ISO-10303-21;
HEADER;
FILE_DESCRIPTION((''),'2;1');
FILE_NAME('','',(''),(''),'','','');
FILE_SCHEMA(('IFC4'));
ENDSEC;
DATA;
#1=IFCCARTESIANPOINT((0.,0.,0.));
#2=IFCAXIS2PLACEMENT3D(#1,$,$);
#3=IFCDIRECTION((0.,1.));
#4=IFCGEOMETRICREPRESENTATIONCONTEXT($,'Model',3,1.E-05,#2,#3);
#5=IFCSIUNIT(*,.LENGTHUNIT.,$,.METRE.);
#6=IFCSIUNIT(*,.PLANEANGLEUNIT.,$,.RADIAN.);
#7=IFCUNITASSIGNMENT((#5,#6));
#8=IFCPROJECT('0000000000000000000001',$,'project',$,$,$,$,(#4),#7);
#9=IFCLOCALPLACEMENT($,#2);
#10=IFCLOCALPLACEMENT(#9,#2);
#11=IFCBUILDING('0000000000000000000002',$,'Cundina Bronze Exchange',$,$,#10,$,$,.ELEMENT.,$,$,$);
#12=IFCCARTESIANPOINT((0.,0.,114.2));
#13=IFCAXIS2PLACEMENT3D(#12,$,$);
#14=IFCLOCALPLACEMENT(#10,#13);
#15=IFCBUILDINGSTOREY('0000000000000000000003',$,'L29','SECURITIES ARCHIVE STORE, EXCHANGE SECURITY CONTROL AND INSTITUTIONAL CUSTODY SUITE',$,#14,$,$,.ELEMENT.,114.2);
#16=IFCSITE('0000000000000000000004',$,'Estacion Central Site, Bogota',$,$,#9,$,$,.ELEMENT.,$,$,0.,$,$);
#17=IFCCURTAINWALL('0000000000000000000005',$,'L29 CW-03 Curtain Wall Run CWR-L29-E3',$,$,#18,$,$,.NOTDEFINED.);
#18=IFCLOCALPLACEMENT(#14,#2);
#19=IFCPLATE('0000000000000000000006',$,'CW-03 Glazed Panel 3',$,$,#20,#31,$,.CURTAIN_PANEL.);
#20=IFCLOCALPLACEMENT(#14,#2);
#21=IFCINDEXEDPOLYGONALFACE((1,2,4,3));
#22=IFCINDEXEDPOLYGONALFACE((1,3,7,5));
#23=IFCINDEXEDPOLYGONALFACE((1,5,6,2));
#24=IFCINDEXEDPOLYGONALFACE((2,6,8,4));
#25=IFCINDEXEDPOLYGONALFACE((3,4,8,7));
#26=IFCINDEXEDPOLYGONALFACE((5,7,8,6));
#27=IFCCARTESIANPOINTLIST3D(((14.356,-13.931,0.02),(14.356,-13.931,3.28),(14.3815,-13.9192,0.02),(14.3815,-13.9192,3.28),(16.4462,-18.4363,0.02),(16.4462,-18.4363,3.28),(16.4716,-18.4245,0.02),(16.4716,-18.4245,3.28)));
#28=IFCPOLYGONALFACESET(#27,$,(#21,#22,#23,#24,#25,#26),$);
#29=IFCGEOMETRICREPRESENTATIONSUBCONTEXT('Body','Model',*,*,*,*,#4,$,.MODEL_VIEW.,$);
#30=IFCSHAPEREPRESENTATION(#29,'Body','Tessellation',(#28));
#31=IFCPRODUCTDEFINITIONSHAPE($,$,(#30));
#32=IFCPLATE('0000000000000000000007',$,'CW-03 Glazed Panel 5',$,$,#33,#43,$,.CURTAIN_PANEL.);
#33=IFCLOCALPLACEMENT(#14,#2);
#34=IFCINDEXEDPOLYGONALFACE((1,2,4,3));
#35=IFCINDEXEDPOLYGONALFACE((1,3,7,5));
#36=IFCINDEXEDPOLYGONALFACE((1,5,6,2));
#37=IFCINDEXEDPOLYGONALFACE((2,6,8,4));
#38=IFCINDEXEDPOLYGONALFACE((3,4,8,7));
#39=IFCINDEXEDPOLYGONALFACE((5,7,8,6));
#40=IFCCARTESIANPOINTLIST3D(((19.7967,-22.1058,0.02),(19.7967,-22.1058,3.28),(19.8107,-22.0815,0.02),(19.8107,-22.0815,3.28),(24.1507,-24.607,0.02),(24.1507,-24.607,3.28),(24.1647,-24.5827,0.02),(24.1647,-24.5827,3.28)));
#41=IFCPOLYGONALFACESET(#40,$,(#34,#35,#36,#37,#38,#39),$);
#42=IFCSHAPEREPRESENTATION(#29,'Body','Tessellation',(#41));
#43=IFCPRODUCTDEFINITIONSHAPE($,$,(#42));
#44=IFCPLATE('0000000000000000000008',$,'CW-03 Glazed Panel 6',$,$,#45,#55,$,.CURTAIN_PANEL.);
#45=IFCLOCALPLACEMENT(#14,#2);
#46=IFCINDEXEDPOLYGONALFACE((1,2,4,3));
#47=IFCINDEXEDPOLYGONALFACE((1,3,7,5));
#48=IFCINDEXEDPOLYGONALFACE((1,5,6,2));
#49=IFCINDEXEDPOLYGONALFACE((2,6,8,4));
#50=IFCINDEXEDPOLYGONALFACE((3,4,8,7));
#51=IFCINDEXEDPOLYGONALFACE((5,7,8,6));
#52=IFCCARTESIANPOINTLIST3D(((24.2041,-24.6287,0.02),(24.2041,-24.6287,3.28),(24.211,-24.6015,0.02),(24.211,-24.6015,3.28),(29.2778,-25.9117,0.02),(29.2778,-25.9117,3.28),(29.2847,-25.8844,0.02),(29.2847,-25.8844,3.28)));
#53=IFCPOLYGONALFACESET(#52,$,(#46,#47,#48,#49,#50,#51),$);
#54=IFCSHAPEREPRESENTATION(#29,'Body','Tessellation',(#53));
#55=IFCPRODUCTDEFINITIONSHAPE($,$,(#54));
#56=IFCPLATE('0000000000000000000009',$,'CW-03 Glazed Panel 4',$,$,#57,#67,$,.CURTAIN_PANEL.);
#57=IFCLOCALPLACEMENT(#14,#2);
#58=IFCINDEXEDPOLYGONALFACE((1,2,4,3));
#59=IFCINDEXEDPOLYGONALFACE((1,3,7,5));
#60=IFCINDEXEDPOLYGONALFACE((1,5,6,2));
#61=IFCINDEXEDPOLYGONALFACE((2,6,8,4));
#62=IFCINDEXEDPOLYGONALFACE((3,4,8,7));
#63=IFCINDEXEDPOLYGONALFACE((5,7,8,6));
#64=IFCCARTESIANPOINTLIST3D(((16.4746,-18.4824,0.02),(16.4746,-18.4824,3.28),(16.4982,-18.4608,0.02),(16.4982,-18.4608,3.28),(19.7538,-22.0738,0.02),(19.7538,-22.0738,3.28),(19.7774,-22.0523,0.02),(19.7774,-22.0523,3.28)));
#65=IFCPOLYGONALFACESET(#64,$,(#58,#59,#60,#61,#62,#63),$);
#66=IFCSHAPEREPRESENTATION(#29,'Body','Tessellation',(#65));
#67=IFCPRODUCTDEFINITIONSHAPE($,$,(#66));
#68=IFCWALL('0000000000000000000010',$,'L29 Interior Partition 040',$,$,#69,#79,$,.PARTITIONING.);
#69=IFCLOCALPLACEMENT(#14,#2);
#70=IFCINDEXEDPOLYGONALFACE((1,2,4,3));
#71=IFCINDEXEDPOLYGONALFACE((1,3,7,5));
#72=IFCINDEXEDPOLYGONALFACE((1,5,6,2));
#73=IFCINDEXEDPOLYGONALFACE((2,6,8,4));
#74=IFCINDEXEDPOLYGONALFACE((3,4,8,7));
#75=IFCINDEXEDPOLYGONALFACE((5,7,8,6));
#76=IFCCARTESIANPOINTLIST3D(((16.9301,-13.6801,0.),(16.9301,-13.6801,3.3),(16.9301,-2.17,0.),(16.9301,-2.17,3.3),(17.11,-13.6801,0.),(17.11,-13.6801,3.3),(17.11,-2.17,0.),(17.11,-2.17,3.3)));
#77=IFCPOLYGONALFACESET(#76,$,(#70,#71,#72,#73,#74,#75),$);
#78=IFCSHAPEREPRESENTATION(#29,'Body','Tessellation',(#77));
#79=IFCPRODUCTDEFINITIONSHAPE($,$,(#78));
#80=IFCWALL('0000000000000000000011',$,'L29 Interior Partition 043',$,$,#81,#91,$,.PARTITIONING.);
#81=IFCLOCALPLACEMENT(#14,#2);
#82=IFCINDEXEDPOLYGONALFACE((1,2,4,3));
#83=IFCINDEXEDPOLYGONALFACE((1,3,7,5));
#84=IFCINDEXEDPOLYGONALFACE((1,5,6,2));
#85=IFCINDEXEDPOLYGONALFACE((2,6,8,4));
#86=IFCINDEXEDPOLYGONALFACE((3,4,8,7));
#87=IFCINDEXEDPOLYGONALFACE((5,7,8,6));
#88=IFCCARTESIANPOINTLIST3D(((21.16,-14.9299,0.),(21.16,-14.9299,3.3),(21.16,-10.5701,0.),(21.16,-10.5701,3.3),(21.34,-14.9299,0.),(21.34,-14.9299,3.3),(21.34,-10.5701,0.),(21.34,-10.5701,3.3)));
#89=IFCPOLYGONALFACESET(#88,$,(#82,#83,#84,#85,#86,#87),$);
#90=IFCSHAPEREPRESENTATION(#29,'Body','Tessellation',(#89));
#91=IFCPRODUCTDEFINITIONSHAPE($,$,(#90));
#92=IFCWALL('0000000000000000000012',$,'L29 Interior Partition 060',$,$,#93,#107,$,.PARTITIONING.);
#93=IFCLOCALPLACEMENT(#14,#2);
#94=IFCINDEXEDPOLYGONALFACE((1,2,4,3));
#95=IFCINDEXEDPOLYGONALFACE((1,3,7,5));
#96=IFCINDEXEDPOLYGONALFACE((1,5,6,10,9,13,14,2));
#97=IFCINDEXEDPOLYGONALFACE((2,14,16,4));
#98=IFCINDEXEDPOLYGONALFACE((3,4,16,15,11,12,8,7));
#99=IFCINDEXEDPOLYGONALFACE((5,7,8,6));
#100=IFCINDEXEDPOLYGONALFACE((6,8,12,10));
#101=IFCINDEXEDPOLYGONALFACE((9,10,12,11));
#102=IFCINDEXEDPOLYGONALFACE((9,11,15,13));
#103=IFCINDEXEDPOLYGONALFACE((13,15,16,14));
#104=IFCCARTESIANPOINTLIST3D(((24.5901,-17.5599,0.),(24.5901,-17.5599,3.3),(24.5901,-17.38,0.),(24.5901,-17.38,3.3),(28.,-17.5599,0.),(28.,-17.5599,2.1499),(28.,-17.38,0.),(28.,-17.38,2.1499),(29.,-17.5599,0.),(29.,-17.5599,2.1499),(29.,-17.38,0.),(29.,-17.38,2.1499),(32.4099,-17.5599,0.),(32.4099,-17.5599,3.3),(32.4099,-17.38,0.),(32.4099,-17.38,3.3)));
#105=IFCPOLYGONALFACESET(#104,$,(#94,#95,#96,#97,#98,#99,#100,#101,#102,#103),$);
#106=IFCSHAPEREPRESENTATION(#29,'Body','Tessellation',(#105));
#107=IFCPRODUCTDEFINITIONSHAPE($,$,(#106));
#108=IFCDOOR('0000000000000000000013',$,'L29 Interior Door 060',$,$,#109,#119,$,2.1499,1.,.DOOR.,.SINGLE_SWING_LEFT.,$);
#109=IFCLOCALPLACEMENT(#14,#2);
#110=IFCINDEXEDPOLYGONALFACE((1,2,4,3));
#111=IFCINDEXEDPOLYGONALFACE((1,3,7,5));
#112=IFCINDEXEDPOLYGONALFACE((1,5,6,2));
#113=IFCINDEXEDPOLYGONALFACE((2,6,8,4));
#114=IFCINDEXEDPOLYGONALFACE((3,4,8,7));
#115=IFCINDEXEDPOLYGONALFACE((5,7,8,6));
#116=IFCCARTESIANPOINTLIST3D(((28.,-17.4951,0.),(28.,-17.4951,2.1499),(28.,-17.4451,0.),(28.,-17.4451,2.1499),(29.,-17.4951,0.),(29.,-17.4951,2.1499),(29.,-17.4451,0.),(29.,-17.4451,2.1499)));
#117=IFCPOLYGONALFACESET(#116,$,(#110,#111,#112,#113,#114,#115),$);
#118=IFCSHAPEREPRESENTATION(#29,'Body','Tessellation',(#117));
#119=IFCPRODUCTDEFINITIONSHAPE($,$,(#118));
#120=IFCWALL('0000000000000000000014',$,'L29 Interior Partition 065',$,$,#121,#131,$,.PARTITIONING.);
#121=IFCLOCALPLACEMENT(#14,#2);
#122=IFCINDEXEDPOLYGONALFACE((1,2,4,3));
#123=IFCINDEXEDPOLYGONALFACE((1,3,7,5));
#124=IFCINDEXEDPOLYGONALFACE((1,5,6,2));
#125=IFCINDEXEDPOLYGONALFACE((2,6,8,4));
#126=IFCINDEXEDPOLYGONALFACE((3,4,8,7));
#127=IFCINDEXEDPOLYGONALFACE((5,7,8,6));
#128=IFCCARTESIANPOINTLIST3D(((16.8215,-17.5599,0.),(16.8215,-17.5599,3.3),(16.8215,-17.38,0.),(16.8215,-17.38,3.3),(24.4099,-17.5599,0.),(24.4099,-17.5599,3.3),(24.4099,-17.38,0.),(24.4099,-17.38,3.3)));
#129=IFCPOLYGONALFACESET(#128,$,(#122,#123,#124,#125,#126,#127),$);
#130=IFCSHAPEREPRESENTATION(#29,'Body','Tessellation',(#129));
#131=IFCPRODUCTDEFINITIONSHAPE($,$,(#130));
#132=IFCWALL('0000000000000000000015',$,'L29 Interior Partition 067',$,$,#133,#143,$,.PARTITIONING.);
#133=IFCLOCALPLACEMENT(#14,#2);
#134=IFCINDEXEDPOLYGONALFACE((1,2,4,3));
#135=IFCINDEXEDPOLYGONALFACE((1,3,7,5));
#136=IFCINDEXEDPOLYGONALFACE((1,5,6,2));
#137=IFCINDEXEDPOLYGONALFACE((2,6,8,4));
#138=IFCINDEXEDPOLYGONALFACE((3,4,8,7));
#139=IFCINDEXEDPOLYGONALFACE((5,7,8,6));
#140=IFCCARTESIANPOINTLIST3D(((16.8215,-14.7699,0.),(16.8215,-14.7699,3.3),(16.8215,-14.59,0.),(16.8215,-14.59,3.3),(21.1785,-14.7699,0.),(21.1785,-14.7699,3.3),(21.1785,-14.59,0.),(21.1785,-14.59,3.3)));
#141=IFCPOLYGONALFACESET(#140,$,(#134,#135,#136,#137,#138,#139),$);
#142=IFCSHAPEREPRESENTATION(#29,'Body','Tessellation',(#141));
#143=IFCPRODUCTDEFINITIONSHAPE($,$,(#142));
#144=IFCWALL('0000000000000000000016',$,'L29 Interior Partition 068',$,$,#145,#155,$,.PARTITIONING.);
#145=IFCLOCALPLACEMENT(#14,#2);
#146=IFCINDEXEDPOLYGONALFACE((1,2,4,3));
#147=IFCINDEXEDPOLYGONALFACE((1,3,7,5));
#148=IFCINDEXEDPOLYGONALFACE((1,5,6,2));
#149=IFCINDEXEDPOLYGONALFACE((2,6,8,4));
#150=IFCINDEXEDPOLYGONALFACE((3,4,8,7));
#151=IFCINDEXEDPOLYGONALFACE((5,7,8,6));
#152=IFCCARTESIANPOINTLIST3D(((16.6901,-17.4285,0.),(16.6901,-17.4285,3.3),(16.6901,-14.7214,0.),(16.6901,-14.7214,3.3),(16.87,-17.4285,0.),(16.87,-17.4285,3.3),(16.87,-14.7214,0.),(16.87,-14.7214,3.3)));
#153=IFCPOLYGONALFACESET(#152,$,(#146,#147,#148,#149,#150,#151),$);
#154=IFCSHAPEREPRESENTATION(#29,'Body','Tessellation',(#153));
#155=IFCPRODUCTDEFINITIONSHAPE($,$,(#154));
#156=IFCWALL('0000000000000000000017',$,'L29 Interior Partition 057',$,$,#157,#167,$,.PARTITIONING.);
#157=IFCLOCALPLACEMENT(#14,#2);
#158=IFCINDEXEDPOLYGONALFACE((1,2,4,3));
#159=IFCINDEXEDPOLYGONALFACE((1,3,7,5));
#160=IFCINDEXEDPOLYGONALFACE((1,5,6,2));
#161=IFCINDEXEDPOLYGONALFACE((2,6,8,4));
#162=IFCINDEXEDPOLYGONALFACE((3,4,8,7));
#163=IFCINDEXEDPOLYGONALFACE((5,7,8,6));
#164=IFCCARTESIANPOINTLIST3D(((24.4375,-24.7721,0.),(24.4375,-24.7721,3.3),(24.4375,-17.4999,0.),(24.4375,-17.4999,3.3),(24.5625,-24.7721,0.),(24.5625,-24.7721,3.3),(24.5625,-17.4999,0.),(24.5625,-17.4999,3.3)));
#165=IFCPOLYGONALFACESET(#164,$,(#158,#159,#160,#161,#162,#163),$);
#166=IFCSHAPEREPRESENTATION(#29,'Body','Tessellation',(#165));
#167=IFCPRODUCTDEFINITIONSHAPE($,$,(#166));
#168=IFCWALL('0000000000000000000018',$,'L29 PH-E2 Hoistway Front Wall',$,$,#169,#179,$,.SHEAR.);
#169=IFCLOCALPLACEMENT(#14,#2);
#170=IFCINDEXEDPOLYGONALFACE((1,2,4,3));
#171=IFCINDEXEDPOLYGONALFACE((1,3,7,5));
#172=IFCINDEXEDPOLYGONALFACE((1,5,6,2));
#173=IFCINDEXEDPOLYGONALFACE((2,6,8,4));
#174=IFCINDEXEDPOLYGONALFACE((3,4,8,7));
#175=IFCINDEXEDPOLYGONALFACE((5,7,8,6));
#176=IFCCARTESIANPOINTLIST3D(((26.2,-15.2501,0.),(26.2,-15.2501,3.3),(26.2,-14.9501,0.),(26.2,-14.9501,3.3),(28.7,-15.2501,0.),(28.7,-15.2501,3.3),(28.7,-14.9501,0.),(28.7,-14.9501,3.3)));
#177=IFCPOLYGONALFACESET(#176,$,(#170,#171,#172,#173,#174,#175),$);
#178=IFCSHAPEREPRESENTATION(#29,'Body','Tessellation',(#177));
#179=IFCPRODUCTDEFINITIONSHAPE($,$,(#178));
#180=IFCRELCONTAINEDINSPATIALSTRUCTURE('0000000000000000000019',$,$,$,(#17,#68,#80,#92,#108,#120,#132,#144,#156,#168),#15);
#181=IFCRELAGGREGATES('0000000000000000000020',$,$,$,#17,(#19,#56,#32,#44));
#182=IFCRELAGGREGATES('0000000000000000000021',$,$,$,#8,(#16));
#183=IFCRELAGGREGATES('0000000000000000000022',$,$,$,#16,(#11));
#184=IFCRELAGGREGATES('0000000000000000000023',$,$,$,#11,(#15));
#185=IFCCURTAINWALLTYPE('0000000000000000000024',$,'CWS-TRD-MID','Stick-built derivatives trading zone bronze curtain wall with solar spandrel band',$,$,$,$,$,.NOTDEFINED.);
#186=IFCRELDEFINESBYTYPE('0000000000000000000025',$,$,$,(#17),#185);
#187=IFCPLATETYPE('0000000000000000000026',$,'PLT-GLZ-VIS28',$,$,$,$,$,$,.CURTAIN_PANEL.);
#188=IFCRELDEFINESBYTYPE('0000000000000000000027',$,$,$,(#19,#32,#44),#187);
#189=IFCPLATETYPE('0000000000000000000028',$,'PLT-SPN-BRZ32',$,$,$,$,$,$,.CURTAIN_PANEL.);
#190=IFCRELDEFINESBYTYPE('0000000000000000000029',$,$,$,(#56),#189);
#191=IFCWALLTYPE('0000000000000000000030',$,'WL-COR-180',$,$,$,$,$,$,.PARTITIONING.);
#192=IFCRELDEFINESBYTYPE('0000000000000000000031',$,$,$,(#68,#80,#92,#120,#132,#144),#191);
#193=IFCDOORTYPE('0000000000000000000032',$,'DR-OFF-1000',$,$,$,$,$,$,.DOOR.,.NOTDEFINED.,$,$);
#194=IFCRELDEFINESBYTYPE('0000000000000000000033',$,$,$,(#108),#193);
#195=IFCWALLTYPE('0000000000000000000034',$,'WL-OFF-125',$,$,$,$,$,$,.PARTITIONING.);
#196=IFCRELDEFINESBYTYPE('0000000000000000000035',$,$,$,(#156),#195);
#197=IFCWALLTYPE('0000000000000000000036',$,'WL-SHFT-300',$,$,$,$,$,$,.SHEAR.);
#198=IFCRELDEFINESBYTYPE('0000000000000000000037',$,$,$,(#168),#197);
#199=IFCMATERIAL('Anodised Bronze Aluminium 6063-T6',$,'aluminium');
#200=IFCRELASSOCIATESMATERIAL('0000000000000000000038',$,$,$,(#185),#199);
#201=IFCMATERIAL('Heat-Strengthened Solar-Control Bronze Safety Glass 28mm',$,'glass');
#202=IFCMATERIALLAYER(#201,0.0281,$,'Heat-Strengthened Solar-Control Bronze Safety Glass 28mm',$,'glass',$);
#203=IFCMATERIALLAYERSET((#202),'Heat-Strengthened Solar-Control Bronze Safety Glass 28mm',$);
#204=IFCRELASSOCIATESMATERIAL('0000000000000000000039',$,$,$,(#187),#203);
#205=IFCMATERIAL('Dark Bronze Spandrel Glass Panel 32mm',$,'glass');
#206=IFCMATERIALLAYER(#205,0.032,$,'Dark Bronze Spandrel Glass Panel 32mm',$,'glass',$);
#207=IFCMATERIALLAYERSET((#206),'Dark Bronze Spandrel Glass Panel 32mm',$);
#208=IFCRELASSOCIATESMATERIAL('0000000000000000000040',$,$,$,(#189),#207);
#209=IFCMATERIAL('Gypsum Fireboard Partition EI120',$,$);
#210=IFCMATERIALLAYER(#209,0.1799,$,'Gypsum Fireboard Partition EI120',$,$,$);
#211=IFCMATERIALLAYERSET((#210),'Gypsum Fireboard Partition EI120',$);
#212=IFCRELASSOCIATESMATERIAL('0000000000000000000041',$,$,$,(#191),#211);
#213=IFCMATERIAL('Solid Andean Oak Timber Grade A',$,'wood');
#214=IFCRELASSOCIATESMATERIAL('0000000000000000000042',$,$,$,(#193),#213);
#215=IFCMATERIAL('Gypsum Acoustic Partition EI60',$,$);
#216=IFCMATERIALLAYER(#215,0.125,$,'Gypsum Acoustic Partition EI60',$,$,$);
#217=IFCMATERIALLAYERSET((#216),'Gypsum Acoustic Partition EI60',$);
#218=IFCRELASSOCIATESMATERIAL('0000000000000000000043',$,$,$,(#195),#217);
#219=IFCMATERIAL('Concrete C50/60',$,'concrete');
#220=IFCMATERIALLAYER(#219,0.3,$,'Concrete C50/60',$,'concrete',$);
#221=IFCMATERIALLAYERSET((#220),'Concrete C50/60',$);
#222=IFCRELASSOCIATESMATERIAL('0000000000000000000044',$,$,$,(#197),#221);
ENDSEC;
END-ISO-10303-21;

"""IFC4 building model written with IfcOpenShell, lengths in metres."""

from ifc_helpers import new_model, si_unit, direction, frame, frame_2d, origin, origin_2d, place, context, subcontext, project, spatial, rectangle, extrude, material, layer, layer_set, type_object, element, fill, aggregate, save


model = new_model("IFC4")

# Units and contexts
model_context = context("Model", 3, precision=1e-05, world=origin(), true_north=direction((0.0, 1.0)))
body_context = subcontext(model_context, "Body", "Model", "MODEL_VIEW")
ifc_project = project(units=[si_unit("LENGTHUNIT", "METRE"), si_unit("PLANEANGLEUNIT", "RADIAN")], contexts=[model_context])

# Site, building, storey
site_placement = place(None, origin())
site = spatial("IfcSite", under=ifc_project, at=site_placement, Name="Estacion Central Site, Bogota", CompositionType="ELEMENT", RefElevation=0.0)
building_placement = place(site_placement, origin())
building = spatial("IfcBuilding", under=site, at=building_placement, Name="Cundina Bronze Exchange", CompositionType="ELEMENT")
storey_placement = place(building_placement, frame((0.0, 0.0, 114.2)))
storey = spatial("IfcBuildingStorey", under=building, at=storey_placement, Name="L29", Description="SECURITIES ARCHIVE STORE, EXCHANGE SECURITY CONTROL AND INSTITUTIONAL CUSTODY SUITE", CompositionType="ELEMENT", Elevation=114.2)

# Curtain wall, plates
ifc_material_1 = material(Name="Anodised Bronze Aluminium 6063-T6", Category="aluminium")
curtain_wall_type = type_object("IfcCurtainWallType", Name="CWS-TRD-MID", Description="Stick-built derivatives trading zone bronze curtain wall with solar spandrel band", PredefinedType="NOTDEFINED", material=ifc_material_1)
curtain_wall_placement = place(storey_placement, origin())
curtain_wall = element("IfcCurtainWall", 1, at=curtain_wall_placement, inside=storey, type_object=curtain_wall_type, Name="L29 CW-03 Curtain Wall Run CWR-L29-E3", PredefinedType="NOTDEFINED")
ifc_material_2 = material(Name="Heat-Strengthened Solar-Control Bronze Safety Glass 28mm", Category="glass")
ifc_layer_1 = layer(ifc_material_2, 0.0281, Name="Heat-Strengthened Solar-Control Bronze Safety Glass 28mm", Category="glass")
ifc_layer_set_1 = layer_set([ifc_layer_1], Name="Heat-Strengthened Solar-Control Bronze Safety Glass 28mm")
plate_type_1 = type_object("IfcPlateType", Name="PLT-GLZ-VIS28", PredefinedType="CURTAIN_PANEL", material=ifc_layer_set_1)
plate_1_placement = place(storey_placement, frame((15.4138, -16.1777, 0.02), z_axis=(0.0, 0.0, 1.0), x_axis=(0.420846, -0.907132, 0.0)))
plate_1 = element("IfcPlate", 2, at=plate_1_placement, type_object=plate_type_1, Name="CW-03 Glazed Panel 3", PredefinedType="CURTAIN_PANEL", context=body_context, shape_type="SweptSolid", body=[
    extrude(rectangle(XDim=4.9666, YDim=0.0281, at=origin_2d()), origin(), (0.0, 0.0, 1.0), 3.26),
])
plate_2_placement = place(storey_placement, frame((21.9807, -23.3442, 0.02), z_axis=(0.0, 0.0, 1.0), x_axis=(0.867105, -0.498125, 0.0)))
plate_2 = element("IfcPlate", 3, at=plate_2_placement, type_object=plate_type_1, Name="CW-03 Glazed Panel 5", PredefinedType="CURTAIN_PANEL", context=body_context, shape_type="SweptSolid", body=[
    extrude(rectangle(XDim=5.0212, YDim=0.0281, at=origin_2d()), origin(), (0.0, 0.0, 1.0), 3.26),
])
plate_3_placement = place(storey_placement, frame((26.7444, -25.2566, 0.02), z_axis=(0.0, 0.0, 1.0), x_axis=(0.969488, -0.245138, 0.0)))
plate_3 = element("IfcPlate", 4, at=plate_3_placement, type_object=plate_type_1, Name="CW-03 Glazed Panel 6", PredefinedType="CURTAIN_PANEL", context=body_context, shape_type="SweptSolid", body=[
    extrude(rectangle(XDim=5.2334, YDim=0.0281, at=origin_2d()), origin(), (0.0, 0.0, 1.0), 3.26),
])
ifc_material_3 = material(Name="Dark Bronze Spandrel Glass Panel 32mm", Category="glass")
ifc_layer_2 = layer(ifc_material_3, 0.032, Name="Dark Bronze Spandrel Glass Panel 32mm", Category="glass")
ifc_layer_set_2 = layer_set([ifc_layer_2], Name="Dark Bronze Spandrel Glass Panel 32mm")
plate_type_2 = type_object("IfcPlateType", Name="PLT-SPN-BRZ32", PredefinedType="CURTAIN_PANEL", material=ifc_layer_set_2)
plate_4_placement = place(storey_placement, frame((18.126, -20.2673, 0.02), z_axis=(0.0, 0.0, 1.0), x_axis=(0.674277, -0.738479, 0.0)))
plate_4 = element("IfcPlate", 5, at=plate_4_placement, type_object=plate_type_2, Name="CW-03 Glazed Panel 4", PredefinedType="CURTAIN_PANEL", context=body_context, shape_type="SweptSolid", body=[
    extrude(rectangle(XDim=4.8633, YDim=0.032, at=origin_2d()), origin(), (0.0, 0.0, 1.0), 3.26),
])
aggregate(curtain_wall, [plate_1, plate_4, plate_2, plate_3])

# Walls
ifc_material_4 = material(Name="Gypsum Fireboard Partition EI120")
ifc_layer_3 = layer(ifc_material_4, 0.1799, Name="Gypsum Fireboard Partition EI120")
ifc_layer_set_3 = layer_set([ifc_layer_3], Name="Gypsum Fireboard Partition EI120")
wall_type_1 = type_object("IfcWallType", Name="WL-COR-180", PredefinedType="PARTITIONING", material=ifc_layer_set_3)
wall_1_placement = place(storey_placement, frame((17.02, -13.6799, 0.0), z_axis=(0.0, 0.0, 1.0), x_axis=(0.0, 1.0, 0.0)))
element("IfcWall", 6, at=wall_1_placement, inside=storey, type_object=wall_type_1, Name="L29 Interior Partition 040", PredefinedType="PARTITIONING", context=body_context, shape_type="SweptSolid", body=[
    extrude(rectangle(XDim=11.51, YDim=0.1799, at=frame_2d((5.7549, 0.0))), origin(), (0.0, 0.0, 1.0), 3.3),
])
wall_2_placement = place(storey_placement, frame((21.25, -14.9299, 0.0), z_axis=(0.0, 0.0, 1.0), x_axis=(0.0, 1.0, 0.0)))
element("IfcWall", 7, at=wall_2_placement, inside=storey, type_object=wall_type_1, Name="L29 Interior Partition 043", PredefinedType="PARTITIONING", context=body_context, shape_type="SweptSolid", body=[
    extrude(rectangle(XDim=4.3599, YDim=0.1799, at=frame_2d((2.1799, 0.0))), origin(), (0.0, 0.0, 1.0), 3.3),
])

# Wall, opening, door
wall_3_placement = place(storey_placement, frame((24.5901, -17.47, 0.0), z_axis=(0.0, 0.0, 1.0), x_axis=(1.0, 0.0, 0.0)))
wall_3 = element("IfcWall", 8, at=wall_3_placement, inside=storey, type_object=wall_type_1, Name="L29 Interior Partition 060", PredefinedType="PARTITIONING", context=body_context, shape_type="SweptSolid", body=[
    extrude(rectangle(XDim=7.8198, YDim=0.1799, at=frame_2d((3.9099, 0.0))), origin(), (0.0, 0.0, 1.0), 3.3),
])
opening_placement = place(wall_3_placement, frame((3.4099, 0.0, 0.0)))
opening = element("IfcOpeningElement", 9, at=opening_placement, cuts=wall_3, PredefinedType="OPENING", context=body_context, shape_type="SweptSolid", body=[
    extrude(rectangle(XDim=1.0, YDim=2.1499, at=frame_2d((0.5, 1.075))), frame((0.0, 0.0999, 0.0), z_axis=(0.0, -1.0, 0.0), x_axis=(1.0, 0.0, 0.0)), (0.0, 0.0, 1.0), 0.2),
])
ifc_material_5 = material(Name="Solid Andean Oak Timber Grade A", Category="wood")
door_type = type_object("IfcDoorType", Name="DR-OFF-1000", OperationType="NOTDEFINED", PredefinedType="DOOR", material=ifc_material_5)
door_placement = place(opening_placement, origin())
door = element("IfcDoor", 10, at=door_placement, inside=storey, type_object=door_type, Name="L29 Interior Door 060", OperationType="SINGLE_SWING_LEFT", OverallHeight=2.1499, OverallWidth=1.0, PredefinedType="DOOR", context=body_context, shape_type="SweptSolid", body=[
    extrude(rectangle(XDim=1.0, YDim=2.1499, at=frame_2d((0.5, 1.075))), frame((0.0, 0.0249, 0.0), z_axis=(0.0, -1.0, 0.0), x_axis=(1.0, 0.0, 0.0)), (0.0, 0.0, 1.0), 0.05),
])
fill(opening, door)

# Walls
wall_4_placement = place(storey_placement, frame((16.8215, -17.47, 0.0), z_axis=(0.0, 0.0, 1.0), x_axis=(1.0, 0.0, 0.0)))
element("IfcWall", 11, at=wall_4_placement, inside=storey, type_object=wall_type_1, Name="L29 Interior Partition 065", PredefinedType="PARTITIONING", context=body_context, shape_type="SweptSolid", body=[
    extrude(rectangle(XDim=7.5884, YDim=0.1799, at=frame_2d((3.7942, 0.0))), origin(), (0.0, 0.0, 1.0), 3.3),
])
wall_5_placement = place(storey_placement, frame((21.1785, -14.6799, 0.0), z_axis=(0.0, 0.0, 1.0), x_axis=(-1.0, 0.0, 0.0)))
element("IfcWall", 12, at=wall_5_placement, inside=storey, type_object=wall_type_1, Name="L29 Interior Partition 067", PredefinedType="PARTITIONING", context=body_context, shape_type="SweptSolid", body=[
    extrude(rectangle(XDim=4.3569, YDim=0.1799, at=frame_2d((2.1785, 0.0))), origin(), (0.0, 0.0, 1.0), 3.3),
])
wall_6_placement = place(storey_placement, frame((16.78, -14.7214, 0.0), z_axis=(0.0, 0.0, 1.0), x_axis=(0.0, -1.0, 0.0)))
element("IfcWall", 13, at=wall_6_placement, inside=storey, type_object=wall_type_1, Name="L29 Interior Partition 068", PredefinedType="PARTITIONING", context=body_context, shape_type="SweptSolid", body=[
    extrude(rectangle(XDim=2.707, YDim=0.1799, at=frame_2d((1.3535, 0.0))), origin(), (0.0, 0.0, 1.0), 3.3),
])
ifc_material_6 = material(Name="Gypsum Acoustic Partition EI60")
ifc_layer_4 = layer(ifc_material_6, 0.125, Name="Gypsum Acoustic Partition EI60")
ifc_layer_set_4 = layer_set([ifc_layer_4], Name="Gypsum Acoustic Partition EI60")
wall_type_2 = type_object("IfcWallType", Name="WL-OFF-125", PredefinedType="PARTITIONING", material=ifc_layer_set_4)
wall_7_placement = place(storey_placement, frame((24.5, -24.7722, 0.0), z_axis=(0.0, 0.0, 1.0), x_axis=(0.0, 1.0, 0.0)))
element("IfcWall", 14, at=wall_7_placement, inside=storey, type_object=wall_type_2, Name="L29 Interior Partition 057", PredefinedType="PARTITIONING", context=body_context, shape_type="SweptSolid", body=[
    extrude(rectangle(XDim=7.2722, YDim=0.125, at=frame_2d((3.6362, 0.0))), origin(), (0.0, 0.0, 1.0), 3.3),
])
ifc_material_7 = material(Name="Concrete C50/60", Category="concrete")
ifc_layer_5 = layer(ifc_material_7, 0.3, Name="Concrete C50/60", Category="concrete")
ifc_layer_set_5 = layer_set([ifc_layer_5], Name="Concrete C50/60")
wall_type_3 = type_object("IfcWallType", Name="WL-SHFT-300", PredefinedType="SHEAR", material=ifc_layer_set_5)
wall_8_placement = place(storey_placement, frame((26.2, -15.1001, 0.0), z_axis=(0.0, 0.0, 1.0), x_axis=(1.0, 0.0, 0.0)))
element("IfcWall", 15, at=wall_8_placement, inside=storey, type_object=wall_type_3, Name="L29 PH-E2 Hoistway Front Wall", PredefinedType="SHEAR", context=body_context, shape_type="SweptSolid", body=[
    extrude(rectangle(XDim=2.5, YDim=0.3, at=frame_2d((1.25, 0.0))), origin(), (0.0, 0.0, 1.0), 3.3),
])

save(model, "model.ifc")
